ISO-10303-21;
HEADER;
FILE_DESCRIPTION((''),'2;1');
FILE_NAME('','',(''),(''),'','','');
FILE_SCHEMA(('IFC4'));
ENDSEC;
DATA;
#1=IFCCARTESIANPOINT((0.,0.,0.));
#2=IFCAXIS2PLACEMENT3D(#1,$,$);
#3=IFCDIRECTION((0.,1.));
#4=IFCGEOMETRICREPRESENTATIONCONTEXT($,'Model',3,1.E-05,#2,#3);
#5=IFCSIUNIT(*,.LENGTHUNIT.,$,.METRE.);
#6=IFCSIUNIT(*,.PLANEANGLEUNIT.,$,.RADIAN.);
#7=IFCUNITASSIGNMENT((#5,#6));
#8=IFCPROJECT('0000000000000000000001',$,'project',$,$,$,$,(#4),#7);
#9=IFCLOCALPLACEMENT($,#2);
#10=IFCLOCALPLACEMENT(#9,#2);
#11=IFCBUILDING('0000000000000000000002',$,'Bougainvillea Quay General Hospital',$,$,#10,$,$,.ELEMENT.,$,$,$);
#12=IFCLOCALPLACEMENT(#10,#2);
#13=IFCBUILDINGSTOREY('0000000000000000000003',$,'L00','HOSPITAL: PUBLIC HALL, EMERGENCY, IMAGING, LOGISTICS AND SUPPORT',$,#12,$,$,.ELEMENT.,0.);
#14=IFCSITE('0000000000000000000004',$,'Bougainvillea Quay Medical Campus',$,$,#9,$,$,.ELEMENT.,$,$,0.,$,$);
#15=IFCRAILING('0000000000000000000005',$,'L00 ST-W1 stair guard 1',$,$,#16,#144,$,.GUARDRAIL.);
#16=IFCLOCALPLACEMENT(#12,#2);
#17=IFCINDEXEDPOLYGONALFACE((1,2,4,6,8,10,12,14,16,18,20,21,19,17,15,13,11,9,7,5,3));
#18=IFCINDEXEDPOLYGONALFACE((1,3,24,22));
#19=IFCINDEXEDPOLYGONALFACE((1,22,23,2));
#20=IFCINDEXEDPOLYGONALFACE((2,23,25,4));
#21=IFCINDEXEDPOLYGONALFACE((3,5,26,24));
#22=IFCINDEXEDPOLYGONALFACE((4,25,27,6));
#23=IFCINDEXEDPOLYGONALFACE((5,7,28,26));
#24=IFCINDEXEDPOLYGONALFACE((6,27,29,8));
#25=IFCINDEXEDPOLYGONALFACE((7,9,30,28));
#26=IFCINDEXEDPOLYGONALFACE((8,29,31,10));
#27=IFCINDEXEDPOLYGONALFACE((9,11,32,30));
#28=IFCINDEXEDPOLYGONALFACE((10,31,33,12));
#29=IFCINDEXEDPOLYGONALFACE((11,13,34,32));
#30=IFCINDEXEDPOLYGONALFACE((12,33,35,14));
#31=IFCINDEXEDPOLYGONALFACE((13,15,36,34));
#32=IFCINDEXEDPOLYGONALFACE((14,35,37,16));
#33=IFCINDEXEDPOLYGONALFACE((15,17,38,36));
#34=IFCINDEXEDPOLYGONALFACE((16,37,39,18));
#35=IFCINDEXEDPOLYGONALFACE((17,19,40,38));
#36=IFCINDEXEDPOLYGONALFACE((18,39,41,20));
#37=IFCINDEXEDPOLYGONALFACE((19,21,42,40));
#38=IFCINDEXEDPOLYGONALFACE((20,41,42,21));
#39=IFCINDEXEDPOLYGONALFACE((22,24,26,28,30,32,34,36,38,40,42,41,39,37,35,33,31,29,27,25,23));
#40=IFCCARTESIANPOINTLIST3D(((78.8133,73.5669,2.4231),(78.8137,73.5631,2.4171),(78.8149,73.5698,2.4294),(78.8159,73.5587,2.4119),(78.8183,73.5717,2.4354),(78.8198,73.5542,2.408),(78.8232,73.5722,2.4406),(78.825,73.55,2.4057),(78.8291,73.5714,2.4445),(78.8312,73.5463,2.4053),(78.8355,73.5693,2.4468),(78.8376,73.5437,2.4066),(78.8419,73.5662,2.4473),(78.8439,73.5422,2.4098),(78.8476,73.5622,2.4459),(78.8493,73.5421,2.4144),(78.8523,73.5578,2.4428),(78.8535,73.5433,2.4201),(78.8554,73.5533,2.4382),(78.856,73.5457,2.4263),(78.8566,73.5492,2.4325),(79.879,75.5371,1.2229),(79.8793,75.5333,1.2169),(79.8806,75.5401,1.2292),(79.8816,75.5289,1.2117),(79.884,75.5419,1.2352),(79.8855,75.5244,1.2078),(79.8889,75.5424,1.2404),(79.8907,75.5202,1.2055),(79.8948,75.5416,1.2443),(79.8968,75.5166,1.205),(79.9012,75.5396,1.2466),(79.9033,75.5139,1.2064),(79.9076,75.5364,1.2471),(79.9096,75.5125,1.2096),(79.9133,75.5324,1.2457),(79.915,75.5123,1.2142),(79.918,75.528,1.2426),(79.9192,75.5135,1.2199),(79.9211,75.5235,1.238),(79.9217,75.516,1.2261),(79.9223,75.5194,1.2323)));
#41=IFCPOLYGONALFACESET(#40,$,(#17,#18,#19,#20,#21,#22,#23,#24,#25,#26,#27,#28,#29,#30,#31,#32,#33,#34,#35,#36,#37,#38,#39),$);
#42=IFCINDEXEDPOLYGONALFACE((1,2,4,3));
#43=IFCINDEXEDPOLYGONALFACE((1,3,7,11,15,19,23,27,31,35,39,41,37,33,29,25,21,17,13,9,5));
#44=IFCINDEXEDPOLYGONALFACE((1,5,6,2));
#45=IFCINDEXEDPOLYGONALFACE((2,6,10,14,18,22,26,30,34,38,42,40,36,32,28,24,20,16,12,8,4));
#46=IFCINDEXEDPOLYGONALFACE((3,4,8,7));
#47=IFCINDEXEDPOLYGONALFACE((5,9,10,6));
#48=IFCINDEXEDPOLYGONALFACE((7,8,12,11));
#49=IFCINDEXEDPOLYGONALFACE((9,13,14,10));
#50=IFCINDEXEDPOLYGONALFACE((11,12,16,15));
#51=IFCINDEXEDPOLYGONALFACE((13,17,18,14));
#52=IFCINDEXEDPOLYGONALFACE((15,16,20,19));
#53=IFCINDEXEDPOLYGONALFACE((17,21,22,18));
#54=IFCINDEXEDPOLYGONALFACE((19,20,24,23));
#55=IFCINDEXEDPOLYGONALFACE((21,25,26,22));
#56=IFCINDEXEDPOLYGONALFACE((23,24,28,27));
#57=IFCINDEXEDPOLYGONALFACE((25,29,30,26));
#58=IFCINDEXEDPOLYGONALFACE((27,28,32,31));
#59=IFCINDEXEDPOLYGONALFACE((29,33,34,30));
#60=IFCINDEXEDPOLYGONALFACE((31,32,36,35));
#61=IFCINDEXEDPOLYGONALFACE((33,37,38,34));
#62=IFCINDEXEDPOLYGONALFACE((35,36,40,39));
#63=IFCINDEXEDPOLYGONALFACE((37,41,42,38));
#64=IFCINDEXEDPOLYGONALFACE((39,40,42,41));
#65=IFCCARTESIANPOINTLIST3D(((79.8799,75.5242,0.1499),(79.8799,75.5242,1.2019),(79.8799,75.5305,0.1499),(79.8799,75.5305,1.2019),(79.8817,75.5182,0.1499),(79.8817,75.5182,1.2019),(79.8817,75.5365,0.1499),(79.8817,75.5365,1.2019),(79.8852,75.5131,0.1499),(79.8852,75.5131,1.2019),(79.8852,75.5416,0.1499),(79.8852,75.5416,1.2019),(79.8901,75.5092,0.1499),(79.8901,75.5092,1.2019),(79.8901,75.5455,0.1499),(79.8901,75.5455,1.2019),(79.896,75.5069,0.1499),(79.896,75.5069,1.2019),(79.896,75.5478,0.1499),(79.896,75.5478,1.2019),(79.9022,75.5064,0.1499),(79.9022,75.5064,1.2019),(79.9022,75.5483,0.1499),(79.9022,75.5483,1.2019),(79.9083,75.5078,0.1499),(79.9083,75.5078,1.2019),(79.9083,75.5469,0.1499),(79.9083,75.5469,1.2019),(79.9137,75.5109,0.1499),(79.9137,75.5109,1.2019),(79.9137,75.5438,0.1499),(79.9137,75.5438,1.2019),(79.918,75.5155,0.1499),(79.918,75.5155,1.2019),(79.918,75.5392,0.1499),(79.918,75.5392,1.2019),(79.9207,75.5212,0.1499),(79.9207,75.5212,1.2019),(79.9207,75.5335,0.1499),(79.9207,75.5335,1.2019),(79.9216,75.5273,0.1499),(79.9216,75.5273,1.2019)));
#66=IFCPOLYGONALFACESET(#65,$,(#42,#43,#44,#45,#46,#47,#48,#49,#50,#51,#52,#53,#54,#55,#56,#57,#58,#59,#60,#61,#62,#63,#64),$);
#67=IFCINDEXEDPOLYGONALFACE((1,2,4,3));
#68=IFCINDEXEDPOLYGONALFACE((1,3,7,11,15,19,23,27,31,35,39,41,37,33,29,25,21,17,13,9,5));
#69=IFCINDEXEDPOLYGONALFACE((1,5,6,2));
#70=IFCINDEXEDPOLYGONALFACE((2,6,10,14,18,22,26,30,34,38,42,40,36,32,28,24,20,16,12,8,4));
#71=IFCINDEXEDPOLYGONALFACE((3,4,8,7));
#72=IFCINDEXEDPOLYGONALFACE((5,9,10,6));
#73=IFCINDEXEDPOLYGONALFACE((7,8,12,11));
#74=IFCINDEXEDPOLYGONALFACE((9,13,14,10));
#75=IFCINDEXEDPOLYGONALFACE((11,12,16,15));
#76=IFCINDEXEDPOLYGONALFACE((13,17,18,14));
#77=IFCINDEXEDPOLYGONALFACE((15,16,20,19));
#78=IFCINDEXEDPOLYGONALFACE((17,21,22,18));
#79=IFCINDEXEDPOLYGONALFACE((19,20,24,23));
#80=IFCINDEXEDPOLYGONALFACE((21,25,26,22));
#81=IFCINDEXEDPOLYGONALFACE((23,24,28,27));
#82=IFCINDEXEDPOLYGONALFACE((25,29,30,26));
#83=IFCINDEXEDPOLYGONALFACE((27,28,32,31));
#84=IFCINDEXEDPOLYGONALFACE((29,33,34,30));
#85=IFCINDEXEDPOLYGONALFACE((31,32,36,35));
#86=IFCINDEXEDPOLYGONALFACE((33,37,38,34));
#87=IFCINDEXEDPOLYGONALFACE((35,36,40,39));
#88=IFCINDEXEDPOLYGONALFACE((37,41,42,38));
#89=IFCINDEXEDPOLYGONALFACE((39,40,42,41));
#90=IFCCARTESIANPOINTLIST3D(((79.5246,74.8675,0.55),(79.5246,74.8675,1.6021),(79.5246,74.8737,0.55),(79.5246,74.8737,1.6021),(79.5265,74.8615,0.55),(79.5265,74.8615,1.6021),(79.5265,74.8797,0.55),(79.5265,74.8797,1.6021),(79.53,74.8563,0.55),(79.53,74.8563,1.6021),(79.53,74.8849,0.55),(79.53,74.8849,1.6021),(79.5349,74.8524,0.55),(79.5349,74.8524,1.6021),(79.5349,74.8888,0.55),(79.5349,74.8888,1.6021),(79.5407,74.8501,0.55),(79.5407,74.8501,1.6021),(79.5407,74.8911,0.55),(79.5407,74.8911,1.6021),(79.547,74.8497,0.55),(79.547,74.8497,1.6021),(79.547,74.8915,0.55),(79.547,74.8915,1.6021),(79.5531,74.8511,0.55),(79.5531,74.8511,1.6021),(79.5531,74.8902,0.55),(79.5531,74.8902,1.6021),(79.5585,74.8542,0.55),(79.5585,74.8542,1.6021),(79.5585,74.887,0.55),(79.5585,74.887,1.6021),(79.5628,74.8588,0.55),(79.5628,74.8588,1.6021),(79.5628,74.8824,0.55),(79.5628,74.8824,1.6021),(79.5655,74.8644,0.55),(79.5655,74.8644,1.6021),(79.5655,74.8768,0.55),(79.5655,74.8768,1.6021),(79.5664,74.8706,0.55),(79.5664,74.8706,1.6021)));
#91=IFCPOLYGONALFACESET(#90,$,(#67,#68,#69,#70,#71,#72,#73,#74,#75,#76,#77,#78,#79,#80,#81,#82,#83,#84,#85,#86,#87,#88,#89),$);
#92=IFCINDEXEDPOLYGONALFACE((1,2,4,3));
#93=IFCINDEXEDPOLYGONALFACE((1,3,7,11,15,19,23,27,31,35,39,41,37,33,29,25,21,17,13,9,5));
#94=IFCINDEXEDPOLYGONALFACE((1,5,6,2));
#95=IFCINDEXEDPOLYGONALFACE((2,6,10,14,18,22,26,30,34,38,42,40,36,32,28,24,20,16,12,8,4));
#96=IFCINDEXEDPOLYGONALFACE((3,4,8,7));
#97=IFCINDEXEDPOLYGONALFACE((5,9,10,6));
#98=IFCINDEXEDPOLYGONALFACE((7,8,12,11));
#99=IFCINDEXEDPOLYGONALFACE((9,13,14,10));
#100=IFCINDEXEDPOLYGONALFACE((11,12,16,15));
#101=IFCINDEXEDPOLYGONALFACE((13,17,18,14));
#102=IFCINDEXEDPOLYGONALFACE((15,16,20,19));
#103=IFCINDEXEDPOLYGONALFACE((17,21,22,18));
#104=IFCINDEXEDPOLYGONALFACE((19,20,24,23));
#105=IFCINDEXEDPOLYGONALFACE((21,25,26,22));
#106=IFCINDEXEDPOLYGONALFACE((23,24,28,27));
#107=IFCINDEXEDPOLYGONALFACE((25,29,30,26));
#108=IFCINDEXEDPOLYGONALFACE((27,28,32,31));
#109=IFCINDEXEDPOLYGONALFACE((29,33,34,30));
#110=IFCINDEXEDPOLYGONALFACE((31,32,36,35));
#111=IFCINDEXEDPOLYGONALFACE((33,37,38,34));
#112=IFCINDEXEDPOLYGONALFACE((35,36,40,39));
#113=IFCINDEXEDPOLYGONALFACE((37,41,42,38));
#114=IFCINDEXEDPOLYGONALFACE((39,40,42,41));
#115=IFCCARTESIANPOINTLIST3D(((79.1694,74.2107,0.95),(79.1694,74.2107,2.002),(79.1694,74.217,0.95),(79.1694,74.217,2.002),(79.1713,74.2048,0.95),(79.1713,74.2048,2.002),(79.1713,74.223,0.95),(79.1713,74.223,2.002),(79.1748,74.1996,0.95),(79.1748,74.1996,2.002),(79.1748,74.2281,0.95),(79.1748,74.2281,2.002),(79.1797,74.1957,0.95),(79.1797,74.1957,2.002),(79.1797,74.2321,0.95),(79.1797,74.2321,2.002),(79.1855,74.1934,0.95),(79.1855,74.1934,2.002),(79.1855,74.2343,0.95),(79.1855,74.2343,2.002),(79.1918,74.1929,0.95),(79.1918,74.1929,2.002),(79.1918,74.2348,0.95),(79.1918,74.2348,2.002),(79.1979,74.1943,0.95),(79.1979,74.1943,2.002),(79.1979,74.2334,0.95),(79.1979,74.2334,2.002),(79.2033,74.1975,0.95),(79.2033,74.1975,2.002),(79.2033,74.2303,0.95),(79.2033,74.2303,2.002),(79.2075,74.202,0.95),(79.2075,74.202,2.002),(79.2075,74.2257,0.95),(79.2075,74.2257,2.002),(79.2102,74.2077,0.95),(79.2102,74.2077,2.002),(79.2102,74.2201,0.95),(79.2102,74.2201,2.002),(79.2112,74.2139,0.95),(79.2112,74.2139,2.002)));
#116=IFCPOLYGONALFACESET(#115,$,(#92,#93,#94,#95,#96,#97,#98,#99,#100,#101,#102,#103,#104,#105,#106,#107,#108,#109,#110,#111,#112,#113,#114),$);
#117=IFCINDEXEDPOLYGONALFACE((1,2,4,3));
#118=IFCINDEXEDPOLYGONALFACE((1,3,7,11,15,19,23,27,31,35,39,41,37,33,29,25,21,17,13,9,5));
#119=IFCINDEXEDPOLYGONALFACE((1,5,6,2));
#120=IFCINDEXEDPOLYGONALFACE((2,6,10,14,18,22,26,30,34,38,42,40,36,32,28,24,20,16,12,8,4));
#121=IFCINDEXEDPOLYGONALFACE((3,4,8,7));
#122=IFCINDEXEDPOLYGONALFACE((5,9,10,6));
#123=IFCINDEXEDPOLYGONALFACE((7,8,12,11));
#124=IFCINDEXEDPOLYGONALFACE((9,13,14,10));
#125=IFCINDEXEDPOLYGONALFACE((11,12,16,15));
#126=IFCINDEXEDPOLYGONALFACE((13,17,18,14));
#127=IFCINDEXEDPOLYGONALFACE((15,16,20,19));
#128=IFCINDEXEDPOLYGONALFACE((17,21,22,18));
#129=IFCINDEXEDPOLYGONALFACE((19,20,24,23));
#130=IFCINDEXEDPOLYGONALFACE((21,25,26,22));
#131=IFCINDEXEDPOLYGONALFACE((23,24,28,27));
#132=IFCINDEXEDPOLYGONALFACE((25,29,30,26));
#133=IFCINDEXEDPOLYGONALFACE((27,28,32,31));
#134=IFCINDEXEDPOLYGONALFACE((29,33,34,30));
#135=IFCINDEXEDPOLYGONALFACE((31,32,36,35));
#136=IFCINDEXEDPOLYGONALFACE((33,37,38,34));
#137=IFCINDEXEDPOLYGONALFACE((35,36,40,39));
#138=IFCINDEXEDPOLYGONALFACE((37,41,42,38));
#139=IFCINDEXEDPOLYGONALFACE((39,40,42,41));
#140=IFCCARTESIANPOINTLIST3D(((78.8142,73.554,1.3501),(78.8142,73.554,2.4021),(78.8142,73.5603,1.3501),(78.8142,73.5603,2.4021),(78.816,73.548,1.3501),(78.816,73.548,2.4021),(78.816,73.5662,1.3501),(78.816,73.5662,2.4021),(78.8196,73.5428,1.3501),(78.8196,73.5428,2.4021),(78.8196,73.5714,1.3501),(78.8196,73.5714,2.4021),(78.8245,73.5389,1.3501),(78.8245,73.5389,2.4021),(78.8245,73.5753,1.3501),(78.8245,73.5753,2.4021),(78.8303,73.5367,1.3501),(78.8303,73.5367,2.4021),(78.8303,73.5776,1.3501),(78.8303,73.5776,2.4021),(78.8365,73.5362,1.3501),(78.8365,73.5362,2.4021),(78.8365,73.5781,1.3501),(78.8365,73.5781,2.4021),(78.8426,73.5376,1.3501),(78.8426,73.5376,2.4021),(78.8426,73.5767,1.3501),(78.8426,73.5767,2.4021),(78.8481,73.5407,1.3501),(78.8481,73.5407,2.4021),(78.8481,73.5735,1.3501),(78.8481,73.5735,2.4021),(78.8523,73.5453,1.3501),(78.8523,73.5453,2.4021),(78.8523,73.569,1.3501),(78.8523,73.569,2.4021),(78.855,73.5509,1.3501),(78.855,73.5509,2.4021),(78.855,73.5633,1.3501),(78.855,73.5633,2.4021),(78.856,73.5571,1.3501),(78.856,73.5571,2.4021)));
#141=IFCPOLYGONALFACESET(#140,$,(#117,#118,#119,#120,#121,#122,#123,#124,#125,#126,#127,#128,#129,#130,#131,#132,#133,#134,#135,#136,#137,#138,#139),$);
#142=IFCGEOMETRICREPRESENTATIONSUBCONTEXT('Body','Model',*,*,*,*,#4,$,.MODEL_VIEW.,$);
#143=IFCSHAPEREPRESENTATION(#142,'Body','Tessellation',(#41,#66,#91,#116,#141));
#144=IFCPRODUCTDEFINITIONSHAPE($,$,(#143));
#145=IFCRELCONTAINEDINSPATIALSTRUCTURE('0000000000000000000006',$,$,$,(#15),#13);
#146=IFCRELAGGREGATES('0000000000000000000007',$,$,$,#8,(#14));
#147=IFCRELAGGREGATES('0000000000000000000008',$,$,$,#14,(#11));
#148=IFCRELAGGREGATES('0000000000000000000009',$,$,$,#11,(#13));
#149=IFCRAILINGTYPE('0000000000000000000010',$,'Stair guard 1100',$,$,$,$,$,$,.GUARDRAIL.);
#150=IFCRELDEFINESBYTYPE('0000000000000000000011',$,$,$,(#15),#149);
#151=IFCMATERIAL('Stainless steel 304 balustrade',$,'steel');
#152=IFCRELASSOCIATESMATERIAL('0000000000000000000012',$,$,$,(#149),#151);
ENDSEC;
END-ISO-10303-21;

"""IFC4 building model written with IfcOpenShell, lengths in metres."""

from ifc_helpers import new_model, si_unit, direction, frame, origin, origin_2d, place, context, subcontext, project, spatial, circle, extrude, material, type_object, element, save


model = new_model("IFC4")

# Units and contexts
model_context = context("Model", 3, precision=1e-05, world=origin(), true_north=direction((0.0, 1.0)))
body_context = subcontext(model_context, "Body", "Model", "MODEL_VIEW")
ifc_project = project(units=[si_unit("LENGTHUNIT", "METRE"), si_unit("PLANEANGLEUNIT", "RADIAN")], contexts=[model_context])

# Site, building, storey
site_placement = place(None, origin())
site = spatial("IfcSite", under=ifc_project, at=site_placement, Name="Bougainvillea Quay Medical Campus", CompositionType="ELEMENT", RefElevation=0.0)
building_placement = place(site_placement, origin())
building = spatial("IfcBuilding", under=site, at=building_placement, Name="Bougainvillea Quay General Hospital", CompositionType="ELEMENT")
storey_placement = place(building_placement, origin())
storey = spatial("IfcBuildingStorey", under=building, at=storey_placement, Name="L00", Description="HOSPITAL: PUBLIC HALL, EMERGENCY, IMAGING, LOGISTICS AND SUPPORT", CompositionType="ELEMENT", Elevation=0.0)

# Railing
ifc_material_1 = material(Name="Stainless steel 304 balustrade", Category="steel")
railing_type_1 = type_object("IfcRailingType", Name="Stair guard 1100", PredefinedType="GUARDRAIL", material=ifc_material_1)
railing_1_placement = place(storey_placement, frame((79.9006, 75.5273, 0.1499)))
element("IfcRailing", 1, at=railing_1_placement, inside=storey, type_object=railing_type_1, Name="L00 ST-W1 stair guard 1", PredefinedType="GUARDRAIL", context=body_context, shape_type="SweptSolid", body=[
    extrude(circle(Radius=0.0239, at=origin_2d()), frame((0.0, 0.0, 1.0762), z_axis=(-0.419353, -0.775298, 0.472288), x_axis=(0.879577, -0.475756, 0.0)), (0.0, 0.0, 1.0), 2.5413),
    extrude(circle(Radius=0.021, at=origin_2d()), origin(), (0.0, 0.0, 1.0), 1.052),
    extrude(circle(Radius=0.021, at=origin_2d()), frame((-0.3552, -0.6567, 0.4001)), (0.0, 0.0, 1.0), 1.052),
    extrude(circle(Radius=0.021, at=origin_2d()), frame((-0.7104, -1.3135, 0.8)), (0.0, 0.0, 1.0), 1.052),
    extrude(circle(Radius=0.021, at=origin_2d()), frame((-1.0657, -1.9702, 1.2002)), (0.0, 0.0, 1.0), 1.052),
])

save(model, "model.ifc")
